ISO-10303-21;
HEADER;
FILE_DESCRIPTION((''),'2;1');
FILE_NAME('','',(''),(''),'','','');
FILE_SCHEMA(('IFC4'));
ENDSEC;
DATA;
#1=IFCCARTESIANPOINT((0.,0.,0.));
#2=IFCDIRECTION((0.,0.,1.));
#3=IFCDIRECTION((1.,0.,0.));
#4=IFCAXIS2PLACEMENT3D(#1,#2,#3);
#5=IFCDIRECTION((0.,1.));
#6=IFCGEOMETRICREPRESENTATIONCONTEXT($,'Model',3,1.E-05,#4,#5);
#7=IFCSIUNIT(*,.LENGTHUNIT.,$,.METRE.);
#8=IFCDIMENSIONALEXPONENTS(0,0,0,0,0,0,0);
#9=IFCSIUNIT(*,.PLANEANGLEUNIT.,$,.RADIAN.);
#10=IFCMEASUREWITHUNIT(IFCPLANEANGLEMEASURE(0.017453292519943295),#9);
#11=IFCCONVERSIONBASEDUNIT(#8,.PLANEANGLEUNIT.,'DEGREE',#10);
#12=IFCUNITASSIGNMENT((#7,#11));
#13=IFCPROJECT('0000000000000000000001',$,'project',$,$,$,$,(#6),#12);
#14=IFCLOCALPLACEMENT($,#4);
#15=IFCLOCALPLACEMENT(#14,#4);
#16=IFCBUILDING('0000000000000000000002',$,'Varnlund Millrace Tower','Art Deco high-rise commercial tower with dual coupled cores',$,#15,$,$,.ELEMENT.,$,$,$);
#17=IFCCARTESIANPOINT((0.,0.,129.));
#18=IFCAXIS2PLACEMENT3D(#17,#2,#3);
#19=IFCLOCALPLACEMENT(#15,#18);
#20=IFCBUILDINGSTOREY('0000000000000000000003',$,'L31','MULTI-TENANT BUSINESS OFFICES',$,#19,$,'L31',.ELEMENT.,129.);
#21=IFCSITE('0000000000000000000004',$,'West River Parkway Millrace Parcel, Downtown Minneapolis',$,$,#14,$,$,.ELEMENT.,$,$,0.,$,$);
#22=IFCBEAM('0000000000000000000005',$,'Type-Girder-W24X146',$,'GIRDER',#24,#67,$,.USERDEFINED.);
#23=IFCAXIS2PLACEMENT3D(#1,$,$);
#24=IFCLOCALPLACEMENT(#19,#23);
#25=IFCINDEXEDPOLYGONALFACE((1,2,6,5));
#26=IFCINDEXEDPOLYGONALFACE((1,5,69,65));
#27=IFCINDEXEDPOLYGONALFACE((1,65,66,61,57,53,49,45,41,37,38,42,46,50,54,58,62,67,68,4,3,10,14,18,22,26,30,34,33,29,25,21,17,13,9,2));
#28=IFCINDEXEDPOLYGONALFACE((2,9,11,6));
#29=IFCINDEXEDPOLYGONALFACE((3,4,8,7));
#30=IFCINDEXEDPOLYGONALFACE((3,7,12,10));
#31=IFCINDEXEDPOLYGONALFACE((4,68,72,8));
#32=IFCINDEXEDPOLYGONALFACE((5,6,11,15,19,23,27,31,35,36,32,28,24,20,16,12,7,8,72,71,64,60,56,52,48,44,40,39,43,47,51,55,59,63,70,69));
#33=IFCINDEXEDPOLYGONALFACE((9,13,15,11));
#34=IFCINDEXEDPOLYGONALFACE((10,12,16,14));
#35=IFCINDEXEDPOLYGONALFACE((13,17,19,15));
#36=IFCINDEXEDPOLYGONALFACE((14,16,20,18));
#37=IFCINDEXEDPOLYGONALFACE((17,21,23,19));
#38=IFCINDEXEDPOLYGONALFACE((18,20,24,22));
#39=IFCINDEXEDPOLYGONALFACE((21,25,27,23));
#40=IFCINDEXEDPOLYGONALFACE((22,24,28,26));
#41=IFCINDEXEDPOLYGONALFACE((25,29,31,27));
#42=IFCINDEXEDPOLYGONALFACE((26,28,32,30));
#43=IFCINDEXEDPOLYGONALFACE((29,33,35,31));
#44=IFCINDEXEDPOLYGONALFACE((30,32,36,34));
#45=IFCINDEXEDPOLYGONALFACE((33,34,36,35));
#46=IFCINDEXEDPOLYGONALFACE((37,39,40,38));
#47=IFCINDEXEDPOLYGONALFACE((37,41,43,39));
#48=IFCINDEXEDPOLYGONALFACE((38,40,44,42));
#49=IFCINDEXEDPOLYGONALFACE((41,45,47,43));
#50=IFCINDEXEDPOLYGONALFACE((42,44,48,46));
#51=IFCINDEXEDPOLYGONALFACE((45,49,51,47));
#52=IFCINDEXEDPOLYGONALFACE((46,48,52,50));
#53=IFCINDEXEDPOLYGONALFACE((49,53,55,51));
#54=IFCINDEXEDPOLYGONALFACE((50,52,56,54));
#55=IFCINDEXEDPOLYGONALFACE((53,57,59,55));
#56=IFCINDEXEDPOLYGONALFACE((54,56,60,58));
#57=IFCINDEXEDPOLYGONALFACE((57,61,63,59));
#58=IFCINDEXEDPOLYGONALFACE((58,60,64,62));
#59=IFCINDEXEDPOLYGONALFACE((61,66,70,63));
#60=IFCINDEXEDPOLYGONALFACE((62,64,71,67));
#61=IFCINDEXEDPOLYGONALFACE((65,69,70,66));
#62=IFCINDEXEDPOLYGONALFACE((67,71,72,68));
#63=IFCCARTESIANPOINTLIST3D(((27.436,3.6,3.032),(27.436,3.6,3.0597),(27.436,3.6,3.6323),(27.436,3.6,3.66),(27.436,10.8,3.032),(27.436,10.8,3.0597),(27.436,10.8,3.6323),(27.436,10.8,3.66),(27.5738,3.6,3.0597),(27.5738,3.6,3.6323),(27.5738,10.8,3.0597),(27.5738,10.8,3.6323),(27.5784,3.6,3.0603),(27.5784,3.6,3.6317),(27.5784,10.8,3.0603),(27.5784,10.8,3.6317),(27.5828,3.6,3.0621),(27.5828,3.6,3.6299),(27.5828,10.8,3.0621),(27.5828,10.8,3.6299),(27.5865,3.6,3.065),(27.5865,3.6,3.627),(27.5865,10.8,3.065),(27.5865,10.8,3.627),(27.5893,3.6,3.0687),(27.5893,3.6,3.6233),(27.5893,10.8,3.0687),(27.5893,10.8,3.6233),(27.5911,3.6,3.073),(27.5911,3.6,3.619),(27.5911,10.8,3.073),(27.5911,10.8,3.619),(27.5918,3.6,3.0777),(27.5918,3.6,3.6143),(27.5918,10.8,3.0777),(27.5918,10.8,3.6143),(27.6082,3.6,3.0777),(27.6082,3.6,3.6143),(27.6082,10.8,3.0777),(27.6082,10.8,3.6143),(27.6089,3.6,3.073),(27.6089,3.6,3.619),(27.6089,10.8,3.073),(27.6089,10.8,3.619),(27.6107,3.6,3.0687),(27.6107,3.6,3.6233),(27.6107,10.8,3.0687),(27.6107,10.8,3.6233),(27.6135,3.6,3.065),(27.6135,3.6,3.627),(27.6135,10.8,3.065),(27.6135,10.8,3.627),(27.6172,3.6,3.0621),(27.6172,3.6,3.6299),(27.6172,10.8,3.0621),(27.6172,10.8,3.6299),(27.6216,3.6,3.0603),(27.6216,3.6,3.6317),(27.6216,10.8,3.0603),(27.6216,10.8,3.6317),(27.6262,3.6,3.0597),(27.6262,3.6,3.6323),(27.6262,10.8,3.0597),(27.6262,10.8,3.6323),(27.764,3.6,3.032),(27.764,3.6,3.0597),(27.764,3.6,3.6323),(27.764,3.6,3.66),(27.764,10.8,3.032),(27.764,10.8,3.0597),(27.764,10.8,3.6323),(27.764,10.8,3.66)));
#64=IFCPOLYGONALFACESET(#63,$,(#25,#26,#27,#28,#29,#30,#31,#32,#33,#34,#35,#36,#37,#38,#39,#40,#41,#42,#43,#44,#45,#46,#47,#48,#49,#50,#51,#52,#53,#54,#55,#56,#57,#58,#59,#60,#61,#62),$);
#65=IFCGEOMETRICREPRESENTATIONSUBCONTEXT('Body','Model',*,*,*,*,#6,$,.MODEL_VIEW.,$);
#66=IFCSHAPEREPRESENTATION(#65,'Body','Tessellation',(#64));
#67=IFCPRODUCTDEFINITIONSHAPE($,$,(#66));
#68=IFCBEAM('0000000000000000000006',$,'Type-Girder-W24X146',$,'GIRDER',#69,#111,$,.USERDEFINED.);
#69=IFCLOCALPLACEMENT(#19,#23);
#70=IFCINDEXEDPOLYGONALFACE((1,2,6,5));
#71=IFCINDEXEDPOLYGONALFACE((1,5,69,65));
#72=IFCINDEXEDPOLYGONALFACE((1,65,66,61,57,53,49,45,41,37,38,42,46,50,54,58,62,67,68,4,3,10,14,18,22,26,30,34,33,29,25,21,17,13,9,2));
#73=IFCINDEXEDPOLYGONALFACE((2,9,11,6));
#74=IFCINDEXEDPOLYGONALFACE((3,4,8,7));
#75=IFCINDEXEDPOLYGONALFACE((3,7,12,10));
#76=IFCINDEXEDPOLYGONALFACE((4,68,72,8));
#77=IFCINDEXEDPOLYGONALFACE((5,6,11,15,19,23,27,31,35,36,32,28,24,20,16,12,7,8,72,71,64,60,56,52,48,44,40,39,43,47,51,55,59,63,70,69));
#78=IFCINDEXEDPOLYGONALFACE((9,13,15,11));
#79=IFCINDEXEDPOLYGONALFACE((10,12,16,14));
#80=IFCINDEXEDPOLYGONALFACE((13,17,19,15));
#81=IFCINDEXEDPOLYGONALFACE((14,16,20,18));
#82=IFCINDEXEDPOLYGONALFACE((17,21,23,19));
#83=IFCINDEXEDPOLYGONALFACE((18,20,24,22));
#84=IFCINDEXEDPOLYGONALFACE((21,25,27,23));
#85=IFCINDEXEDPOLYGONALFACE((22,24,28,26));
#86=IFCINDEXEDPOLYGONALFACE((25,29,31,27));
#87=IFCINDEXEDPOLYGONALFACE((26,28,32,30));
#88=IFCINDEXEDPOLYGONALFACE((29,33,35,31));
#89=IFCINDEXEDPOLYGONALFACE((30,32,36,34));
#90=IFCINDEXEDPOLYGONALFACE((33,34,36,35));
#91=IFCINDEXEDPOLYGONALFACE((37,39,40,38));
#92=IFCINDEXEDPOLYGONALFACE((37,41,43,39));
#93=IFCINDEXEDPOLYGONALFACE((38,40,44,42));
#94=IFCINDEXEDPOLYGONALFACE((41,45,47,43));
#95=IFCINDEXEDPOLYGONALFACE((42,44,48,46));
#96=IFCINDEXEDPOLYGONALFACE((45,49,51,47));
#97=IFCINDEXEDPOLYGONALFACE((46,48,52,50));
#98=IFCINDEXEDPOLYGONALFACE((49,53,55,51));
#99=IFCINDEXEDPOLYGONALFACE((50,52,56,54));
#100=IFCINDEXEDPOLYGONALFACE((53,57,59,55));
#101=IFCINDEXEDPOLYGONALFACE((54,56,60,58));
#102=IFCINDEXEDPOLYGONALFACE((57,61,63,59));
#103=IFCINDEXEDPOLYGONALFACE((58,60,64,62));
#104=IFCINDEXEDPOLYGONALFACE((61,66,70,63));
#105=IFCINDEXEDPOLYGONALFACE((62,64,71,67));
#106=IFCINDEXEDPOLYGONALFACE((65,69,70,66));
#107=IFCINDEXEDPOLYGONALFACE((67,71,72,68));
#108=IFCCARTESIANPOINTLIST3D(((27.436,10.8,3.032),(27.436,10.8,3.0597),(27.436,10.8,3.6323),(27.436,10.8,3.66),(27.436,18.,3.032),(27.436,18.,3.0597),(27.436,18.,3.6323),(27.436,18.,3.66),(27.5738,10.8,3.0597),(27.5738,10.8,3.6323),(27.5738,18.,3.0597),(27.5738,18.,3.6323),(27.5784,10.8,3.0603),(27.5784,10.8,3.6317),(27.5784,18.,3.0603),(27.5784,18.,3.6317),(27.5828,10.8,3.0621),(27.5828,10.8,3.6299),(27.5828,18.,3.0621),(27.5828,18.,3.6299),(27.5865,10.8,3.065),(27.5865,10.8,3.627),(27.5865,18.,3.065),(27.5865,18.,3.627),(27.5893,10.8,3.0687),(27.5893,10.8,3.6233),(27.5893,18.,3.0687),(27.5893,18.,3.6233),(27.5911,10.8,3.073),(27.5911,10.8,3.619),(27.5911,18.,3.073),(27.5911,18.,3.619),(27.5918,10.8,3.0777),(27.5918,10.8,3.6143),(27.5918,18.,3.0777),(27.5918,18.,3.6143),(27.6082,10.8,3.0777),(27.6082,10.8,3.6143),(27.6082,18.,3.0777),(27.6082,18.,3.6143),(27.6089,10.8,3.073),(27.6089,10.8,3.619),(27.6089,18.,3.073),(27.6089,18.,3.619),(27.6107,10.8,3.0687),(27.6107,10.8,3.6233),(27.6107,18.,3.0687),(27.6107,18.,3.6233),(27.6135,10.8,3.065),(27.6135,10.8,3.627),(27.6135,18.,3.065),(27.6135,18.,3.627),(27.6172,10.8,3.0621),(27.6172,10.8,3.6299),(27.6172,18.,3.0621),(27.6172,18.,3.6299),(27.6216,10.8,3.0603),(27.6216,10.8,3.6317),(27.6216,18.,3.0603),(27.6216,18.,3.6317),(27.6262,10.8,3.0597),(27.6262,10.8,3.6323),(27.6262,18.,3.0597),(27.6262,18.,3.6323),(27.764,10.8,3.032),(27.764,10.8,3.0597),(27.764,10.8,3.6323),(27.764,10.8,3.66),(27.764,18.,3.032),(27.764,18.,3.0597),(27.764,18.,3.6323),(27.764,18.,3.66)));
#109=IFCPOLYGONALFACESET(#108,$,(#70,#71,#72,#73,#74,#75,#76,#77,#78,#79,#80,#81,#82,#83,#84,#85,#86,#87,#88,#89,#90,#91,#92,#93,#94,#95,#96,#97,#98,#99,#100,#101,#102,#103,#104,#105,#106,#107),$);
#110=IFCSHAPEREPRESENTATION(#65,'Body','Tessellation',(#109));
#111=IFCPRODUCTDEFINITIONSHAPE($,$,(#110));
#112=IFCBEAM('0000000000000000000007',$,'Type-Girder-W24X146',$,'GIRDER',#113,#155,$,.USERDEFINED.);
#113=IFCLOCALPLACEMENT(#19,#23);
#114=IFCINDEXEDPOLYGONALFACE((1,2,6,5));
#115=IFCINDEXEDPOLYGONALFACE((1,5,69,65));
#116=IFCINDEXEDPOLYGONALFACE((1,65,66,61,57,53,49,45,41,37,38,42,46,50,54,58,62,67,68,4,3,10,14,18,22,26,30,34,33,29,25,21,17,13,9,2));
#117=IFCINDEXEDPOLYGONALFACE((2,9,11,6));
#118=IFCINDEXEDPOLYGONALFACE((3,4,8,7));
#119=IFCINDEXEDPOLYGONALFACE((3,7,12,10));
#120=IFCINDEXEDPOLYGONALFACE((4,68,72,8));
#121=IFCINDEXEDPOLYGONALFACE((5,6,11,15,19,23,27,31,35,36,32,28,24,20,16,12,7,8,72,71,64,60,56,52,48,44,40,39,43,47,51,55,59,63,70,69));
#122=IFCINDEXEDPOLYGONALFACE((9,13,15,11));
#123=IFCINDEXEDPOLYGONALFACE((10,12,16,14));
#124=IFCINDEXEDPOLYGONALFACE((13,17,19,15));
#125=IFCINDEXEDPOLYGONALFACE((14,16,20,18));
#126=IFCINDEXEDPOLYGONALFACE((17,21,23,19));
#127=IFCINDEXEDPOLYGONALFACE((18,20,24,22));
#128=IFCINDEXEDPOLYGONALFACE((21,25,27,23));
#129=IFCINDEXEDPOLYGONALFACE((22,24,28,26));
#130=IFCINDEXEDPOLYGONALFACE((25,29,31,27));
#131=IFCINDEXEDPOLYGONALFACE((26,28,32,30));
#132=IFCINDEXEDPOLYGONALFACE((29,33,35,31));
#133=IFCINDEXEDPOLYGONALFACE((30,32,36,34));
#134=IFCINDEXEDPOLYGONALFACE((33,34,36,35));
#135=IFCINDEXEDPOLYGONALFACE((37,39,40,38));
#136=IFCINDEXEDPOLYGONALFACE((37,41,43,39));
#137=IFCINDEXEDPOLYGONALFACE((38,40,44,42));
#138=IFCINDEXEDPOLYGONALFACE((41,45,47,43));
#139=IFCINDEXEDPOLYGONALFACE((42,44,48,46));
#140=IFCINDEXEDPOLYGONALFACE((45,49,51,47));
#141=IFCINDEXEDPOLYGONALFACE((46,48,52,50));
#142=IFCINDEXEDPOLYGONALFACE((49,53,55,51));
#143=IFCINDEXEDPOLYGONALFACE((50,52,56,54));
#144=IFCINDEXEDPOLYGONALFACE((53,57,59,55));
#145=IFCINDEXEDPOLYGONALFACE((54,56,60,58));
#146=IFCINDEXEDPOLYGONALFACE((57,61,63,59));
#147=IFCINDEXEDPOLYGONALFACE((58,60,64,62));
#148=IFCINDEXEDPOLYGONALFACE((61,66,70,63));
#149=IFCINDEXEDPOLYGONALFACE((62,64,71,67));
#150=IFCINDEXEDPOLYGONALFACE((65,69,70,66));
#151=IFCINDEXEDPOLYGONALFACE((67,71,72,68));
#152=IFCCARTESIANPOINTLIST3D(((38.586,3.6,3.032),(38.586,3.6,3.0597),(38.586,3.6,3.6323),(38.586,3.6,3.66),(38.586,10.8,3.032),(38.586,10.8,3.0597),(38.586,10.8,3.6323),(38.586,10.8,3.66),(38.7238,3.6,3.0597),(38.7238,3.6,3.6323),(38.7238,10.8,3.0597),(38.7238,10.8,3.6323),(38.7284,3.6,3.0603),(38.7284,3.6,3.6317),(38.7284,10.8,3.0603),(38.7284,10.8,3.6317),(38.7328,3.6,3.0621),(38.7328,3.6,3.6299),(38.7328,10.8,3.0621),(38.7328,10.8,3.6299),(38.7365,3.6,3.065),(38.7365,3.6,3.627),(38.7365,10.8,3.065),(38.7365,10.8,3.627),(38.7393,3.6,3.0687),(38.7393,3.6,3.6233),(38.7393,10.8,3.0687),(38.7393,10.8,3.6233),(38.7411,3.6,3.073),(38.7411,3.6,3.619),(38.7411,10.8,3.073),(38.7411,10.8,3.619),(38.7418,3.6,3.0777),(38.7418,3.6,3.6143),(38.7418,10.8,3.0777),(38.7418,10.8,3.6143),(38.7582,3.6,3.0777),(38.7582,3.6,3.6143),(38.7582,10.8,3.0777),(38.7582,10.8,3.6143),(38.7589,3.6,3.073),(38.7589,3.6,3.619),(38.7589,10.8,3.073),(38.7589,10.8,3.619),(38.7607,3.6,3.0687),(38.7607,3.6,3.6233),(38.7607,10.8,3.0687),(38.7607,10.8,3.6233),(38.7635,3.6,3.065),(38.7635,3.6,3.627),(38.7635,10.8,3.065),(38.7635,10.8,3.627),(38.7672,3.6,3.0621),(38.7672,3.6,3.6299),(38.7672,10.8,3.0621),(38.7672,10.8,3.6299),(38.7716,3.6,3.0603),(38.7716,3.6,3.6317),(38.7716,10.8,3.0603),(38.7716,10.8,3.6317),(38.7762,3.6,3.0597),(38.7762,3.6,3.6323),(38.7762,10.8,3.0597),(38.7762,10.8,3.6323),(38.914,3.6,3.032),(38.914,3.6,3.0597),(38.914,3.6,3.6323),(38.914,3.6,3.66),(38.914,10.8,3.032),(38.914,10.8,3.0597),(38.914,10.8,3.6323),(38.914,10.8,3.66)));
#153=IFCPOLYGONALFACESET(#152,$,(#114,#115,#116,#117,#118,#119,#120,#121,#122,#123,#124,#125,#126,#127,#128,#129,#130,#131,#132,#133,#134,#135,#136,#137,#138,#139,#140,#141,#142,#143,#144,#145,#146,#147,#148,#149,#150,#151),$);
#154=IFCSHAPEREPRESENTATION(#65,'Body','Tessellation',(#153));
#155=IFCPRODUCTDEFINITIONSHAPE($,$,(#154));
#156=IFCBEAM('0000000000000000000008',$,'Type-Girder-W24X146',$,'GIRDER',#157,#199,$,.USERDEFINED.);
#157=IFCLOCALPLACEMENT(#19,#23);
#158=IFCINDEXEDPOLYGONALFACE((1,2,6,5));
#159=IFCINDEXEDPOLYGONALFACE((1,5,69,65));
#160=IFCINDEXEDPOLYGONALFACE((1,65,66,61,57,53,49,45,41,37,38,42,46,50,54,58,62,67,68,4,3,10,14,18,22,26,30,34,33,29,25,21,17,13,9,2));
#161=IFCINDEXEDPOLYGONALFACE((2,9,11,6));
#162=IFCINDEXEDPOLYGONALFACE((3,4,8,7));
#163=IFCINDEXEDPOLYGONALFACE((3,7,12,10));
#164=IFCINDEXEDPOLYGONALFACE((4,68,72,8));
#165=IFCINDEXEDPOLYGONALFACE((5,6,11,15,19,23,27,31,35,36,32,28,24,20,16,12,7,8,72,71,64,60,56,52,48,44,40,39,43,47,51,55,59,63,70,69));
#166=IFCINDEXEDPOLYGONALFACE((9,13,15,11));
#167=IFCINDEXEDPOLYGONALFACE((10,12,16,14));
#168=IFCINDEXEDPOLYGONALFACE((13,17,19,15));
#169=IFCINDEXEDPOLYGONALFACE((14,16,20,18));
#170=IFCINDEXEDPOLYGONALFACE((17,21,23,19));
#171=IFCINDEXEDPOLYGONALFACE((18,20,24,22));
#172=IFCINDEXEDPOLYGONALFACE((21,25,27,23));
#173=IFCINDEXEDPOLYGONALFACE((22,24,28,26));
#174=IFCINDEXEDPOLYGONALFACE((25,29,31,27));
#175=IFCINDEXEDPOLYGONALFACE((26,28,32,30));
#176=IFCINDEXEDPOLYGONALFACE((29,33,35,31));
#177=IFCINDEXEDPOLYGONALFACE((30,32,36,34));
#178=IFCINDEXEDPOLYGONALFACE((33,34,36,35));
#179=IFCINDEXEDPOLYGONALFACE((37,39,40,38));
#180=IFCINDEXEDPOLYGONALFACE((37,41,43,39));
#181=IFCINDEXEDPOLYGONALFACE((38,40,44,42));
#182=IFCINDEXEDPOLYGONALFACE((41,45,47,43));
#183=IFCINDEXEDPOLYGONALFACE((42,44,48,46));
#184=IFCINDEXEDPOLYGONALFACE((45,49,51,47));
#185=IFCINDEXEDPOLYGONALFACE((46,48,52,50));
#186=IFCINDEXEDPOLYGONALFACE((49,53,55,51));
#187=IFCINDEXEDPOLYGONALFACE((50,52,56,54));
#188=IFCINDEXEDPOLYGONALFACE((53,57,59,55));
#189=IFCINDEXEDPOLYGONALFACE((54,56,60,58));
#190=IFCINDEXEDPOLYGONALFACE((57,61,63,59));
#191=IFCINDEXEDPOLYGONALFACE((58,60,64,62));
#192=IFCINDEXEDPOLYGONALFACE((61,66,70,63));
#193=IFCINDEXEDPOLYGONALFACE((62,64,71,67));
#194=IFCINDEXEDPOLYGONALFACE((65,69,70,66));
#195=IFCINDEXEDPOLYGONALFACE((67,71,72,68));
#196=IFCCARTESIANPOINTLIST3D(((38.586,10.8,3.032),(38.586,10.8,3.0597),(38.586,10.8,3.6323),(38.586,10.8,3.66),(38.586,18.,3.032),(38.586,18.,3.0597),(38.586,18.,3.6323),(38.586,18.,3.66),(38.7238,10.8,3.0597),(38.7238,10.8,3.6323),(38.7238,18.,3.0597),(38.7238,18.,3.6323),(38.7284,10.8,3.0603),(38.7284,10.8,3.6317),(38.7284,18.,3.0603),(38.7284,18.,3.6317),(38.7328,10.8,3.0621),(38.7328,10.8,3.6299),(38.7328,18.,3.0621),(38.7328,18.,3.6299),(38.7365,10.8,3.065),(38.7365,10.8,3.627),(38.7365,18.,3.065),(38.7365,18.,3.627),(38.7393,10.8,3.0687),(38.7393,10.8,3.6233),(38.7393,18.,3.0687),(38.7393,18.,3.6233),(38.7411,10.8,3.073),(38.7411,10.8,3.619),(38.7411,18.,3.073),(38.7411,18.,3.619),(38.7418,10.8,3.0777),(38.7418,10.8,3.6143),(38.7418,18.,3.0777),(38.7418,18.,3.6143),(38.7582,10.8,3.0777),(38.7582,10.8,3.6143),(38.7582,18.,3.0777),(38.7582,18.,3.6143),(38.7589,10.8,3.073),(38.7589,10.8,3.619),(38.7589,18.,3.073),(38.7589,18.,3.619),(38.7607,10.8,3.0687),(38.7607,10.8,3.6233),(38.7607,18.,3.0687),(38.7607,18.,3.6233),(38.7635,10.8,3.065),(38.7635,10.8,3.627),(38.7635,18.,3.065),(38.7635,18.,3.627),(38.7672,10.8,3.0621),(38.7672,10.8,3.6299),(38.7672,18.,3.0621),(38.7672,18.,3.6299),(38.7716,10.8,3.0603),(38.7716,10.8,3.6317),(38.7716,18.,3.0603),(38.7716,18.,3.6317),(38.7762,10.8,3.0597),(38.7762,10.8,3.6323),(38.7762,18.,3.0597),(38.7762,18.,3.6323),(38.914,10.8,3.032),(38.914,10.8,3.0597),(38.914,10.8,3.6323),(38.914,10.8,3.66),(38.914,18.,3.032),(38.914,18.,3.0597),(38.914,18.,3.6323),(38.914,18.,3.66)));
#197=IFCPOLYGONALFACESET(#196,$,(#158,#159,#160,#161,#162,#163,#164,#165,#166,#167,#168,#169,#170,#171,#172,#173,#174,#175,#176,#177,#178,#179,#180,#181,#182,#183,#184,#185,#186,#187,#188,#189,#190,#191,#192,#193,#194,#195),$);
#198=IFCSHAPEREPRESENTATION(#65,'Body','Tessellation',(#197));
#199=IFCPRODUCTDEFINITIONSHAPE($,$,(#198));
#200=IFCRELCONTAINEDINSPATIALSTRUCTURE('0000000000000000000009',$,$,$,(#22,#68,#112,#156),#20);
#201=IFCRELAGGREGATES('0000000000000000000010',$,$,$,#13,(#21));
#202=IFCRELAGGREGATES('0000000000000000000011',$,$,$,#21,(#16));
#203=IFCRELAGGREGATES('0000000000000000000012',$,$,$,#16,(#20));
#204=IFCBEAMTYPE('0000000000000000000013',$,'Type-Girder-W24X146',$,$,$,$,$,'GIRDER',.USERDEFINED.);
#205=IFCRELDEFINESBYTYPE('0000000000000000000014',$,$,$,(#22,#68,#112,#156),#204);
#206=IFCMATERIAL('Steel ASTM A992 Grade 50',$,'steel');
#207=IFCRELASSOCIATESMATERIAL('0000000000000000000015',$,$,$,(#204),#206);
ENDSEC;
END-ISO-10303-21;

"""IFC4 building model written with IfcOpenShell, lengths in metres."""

from ifc_helpers import new_model, entity, si_unit, converted_unit, direction, frame, origin_with_axes, origin_2d_with_axis, place, context, subcontext, project, spatial, i_section, extrude, material, material_profile, profile_set, type_object, element, save


model = new_model("IFC4")

# Units and contexts
model_context = context("Model", 3, precision=1e-05, world=origin_with_axes(), true_north=direction((0.0, 1.0)))
body_context = subcontext(model_context, "Body", "Model", "MODEL_VIEW")
ifc_project = project(units=[si_unit("LENGTHUNIT", "METRE"), converted_unit("PLANEANGLEUNIT", "DEGREE", entity("IfcPlaneAngleMeasure", 0.017453292519943295), si_unit("PLANEANGLEUNIT", "RADIAN"), dimensions=[0, 0, 0, 0, 0, 0, 0])], contexts=[model_context])

# Site, building, storey
site_placement = place(None, origin_with_axes())
site = spatial("IfcSite", under=ifc_project, at=site_placement, Name="West River Parkway Millrace Parcel, Downtown Minneapolis", CompositionType="ELEMENT", RefElevation=0.0)
building_placement = place(site_placement, origin_with_axes())
building = spatial("IfcBuilding", under=site, at=building_placement, Name="Varnlund Millrace Tower", Description="Art Deco high-rise commercial tower with dual coupled cores", CompositionType="ELEMENT")
storey_placement = place(building_placement, frame((0.0, 0.0, 129.0), z_axis=(0.0, 0.0, 1.0), x_axis=(1.0, 0.0, 0.0)))
storey = spatial("IfcBuildingStorey", under=building, at=storey_placement, Name="L31", Description="MULTI-TENANT BUSINESS OFFICES", LongName="L31", CompositionType="ELEMENT", Elevation=129.0)

# Beams
ifc_material_1 = material(Name="Steel ASTM A992 Grade 50", Category="steel")
ifc_material_profile_1 = material_profile(ifc_material_1, i_section(OverallWidth=0.328, OverallDepth=0.628, WebThickness=0.0165, FlangeThickness=0.0277, FilletRadius=0.018, at=origin_2d_with_axis()), Name="Steel ASTM A992 Grade 50")
ifc_profile_set_1 = profile_set([ifc_material_profile_1], Name="Steel ASTM A992 Grade 50")
beam_type_1 = type_object("IfcBeamType", Name="Type-Girder-W24X146", ElementType="GIRDER", PredefinedType="USERDEFINED", material=ifc_profile_set_1)
for number, where, z_axis, x_axis, name in (
    (1, (27.6, 3.6, 3.346), (0.0, 1.0, 0.0), (-1.0, 0.0, 0.0), "Type-Girder-W24X146"),
    (2, (27.6, 10.8, 3.346), (0.0, 1.0, 0.0), (-1.0, 0.0, 0.0), "Type-Girder-W24X146"),
    (3, (38.75, 3.6, 3.346), (0.0, 1.0, 0.0), (-1.0, 0.0, 0.0), "Type-Girder-W24X146"),
    (4, (38.75, 10.8, 3.346), (0.0, 1.0, 0.0), (-1.0, 0.0, 0.0), "Type-Girder-W24X146"),
):
    element("IfcBeam", number, at=place(storey_placement, frame(where, z_axis=z_axis, x_axis=x_axis)), inside=storey, type_object=beam_type_1, Name=name, ObjectType="GIRDER", PredefinedType="USERDEFINED", context=body_context, shape_type="SweptSolid", body=[
        extrude(i_section(OverallWidth=0.328, OverallDepth=0.628, WebThickness=0.0165, FlangeThickness=0.0277, FilletRadius=0.018, at=origin_2d_with_axis()), origin_with_axes(), (0.0, 0.0, 1.0), 7.2),
    ])

save(model, "model.ifc")
